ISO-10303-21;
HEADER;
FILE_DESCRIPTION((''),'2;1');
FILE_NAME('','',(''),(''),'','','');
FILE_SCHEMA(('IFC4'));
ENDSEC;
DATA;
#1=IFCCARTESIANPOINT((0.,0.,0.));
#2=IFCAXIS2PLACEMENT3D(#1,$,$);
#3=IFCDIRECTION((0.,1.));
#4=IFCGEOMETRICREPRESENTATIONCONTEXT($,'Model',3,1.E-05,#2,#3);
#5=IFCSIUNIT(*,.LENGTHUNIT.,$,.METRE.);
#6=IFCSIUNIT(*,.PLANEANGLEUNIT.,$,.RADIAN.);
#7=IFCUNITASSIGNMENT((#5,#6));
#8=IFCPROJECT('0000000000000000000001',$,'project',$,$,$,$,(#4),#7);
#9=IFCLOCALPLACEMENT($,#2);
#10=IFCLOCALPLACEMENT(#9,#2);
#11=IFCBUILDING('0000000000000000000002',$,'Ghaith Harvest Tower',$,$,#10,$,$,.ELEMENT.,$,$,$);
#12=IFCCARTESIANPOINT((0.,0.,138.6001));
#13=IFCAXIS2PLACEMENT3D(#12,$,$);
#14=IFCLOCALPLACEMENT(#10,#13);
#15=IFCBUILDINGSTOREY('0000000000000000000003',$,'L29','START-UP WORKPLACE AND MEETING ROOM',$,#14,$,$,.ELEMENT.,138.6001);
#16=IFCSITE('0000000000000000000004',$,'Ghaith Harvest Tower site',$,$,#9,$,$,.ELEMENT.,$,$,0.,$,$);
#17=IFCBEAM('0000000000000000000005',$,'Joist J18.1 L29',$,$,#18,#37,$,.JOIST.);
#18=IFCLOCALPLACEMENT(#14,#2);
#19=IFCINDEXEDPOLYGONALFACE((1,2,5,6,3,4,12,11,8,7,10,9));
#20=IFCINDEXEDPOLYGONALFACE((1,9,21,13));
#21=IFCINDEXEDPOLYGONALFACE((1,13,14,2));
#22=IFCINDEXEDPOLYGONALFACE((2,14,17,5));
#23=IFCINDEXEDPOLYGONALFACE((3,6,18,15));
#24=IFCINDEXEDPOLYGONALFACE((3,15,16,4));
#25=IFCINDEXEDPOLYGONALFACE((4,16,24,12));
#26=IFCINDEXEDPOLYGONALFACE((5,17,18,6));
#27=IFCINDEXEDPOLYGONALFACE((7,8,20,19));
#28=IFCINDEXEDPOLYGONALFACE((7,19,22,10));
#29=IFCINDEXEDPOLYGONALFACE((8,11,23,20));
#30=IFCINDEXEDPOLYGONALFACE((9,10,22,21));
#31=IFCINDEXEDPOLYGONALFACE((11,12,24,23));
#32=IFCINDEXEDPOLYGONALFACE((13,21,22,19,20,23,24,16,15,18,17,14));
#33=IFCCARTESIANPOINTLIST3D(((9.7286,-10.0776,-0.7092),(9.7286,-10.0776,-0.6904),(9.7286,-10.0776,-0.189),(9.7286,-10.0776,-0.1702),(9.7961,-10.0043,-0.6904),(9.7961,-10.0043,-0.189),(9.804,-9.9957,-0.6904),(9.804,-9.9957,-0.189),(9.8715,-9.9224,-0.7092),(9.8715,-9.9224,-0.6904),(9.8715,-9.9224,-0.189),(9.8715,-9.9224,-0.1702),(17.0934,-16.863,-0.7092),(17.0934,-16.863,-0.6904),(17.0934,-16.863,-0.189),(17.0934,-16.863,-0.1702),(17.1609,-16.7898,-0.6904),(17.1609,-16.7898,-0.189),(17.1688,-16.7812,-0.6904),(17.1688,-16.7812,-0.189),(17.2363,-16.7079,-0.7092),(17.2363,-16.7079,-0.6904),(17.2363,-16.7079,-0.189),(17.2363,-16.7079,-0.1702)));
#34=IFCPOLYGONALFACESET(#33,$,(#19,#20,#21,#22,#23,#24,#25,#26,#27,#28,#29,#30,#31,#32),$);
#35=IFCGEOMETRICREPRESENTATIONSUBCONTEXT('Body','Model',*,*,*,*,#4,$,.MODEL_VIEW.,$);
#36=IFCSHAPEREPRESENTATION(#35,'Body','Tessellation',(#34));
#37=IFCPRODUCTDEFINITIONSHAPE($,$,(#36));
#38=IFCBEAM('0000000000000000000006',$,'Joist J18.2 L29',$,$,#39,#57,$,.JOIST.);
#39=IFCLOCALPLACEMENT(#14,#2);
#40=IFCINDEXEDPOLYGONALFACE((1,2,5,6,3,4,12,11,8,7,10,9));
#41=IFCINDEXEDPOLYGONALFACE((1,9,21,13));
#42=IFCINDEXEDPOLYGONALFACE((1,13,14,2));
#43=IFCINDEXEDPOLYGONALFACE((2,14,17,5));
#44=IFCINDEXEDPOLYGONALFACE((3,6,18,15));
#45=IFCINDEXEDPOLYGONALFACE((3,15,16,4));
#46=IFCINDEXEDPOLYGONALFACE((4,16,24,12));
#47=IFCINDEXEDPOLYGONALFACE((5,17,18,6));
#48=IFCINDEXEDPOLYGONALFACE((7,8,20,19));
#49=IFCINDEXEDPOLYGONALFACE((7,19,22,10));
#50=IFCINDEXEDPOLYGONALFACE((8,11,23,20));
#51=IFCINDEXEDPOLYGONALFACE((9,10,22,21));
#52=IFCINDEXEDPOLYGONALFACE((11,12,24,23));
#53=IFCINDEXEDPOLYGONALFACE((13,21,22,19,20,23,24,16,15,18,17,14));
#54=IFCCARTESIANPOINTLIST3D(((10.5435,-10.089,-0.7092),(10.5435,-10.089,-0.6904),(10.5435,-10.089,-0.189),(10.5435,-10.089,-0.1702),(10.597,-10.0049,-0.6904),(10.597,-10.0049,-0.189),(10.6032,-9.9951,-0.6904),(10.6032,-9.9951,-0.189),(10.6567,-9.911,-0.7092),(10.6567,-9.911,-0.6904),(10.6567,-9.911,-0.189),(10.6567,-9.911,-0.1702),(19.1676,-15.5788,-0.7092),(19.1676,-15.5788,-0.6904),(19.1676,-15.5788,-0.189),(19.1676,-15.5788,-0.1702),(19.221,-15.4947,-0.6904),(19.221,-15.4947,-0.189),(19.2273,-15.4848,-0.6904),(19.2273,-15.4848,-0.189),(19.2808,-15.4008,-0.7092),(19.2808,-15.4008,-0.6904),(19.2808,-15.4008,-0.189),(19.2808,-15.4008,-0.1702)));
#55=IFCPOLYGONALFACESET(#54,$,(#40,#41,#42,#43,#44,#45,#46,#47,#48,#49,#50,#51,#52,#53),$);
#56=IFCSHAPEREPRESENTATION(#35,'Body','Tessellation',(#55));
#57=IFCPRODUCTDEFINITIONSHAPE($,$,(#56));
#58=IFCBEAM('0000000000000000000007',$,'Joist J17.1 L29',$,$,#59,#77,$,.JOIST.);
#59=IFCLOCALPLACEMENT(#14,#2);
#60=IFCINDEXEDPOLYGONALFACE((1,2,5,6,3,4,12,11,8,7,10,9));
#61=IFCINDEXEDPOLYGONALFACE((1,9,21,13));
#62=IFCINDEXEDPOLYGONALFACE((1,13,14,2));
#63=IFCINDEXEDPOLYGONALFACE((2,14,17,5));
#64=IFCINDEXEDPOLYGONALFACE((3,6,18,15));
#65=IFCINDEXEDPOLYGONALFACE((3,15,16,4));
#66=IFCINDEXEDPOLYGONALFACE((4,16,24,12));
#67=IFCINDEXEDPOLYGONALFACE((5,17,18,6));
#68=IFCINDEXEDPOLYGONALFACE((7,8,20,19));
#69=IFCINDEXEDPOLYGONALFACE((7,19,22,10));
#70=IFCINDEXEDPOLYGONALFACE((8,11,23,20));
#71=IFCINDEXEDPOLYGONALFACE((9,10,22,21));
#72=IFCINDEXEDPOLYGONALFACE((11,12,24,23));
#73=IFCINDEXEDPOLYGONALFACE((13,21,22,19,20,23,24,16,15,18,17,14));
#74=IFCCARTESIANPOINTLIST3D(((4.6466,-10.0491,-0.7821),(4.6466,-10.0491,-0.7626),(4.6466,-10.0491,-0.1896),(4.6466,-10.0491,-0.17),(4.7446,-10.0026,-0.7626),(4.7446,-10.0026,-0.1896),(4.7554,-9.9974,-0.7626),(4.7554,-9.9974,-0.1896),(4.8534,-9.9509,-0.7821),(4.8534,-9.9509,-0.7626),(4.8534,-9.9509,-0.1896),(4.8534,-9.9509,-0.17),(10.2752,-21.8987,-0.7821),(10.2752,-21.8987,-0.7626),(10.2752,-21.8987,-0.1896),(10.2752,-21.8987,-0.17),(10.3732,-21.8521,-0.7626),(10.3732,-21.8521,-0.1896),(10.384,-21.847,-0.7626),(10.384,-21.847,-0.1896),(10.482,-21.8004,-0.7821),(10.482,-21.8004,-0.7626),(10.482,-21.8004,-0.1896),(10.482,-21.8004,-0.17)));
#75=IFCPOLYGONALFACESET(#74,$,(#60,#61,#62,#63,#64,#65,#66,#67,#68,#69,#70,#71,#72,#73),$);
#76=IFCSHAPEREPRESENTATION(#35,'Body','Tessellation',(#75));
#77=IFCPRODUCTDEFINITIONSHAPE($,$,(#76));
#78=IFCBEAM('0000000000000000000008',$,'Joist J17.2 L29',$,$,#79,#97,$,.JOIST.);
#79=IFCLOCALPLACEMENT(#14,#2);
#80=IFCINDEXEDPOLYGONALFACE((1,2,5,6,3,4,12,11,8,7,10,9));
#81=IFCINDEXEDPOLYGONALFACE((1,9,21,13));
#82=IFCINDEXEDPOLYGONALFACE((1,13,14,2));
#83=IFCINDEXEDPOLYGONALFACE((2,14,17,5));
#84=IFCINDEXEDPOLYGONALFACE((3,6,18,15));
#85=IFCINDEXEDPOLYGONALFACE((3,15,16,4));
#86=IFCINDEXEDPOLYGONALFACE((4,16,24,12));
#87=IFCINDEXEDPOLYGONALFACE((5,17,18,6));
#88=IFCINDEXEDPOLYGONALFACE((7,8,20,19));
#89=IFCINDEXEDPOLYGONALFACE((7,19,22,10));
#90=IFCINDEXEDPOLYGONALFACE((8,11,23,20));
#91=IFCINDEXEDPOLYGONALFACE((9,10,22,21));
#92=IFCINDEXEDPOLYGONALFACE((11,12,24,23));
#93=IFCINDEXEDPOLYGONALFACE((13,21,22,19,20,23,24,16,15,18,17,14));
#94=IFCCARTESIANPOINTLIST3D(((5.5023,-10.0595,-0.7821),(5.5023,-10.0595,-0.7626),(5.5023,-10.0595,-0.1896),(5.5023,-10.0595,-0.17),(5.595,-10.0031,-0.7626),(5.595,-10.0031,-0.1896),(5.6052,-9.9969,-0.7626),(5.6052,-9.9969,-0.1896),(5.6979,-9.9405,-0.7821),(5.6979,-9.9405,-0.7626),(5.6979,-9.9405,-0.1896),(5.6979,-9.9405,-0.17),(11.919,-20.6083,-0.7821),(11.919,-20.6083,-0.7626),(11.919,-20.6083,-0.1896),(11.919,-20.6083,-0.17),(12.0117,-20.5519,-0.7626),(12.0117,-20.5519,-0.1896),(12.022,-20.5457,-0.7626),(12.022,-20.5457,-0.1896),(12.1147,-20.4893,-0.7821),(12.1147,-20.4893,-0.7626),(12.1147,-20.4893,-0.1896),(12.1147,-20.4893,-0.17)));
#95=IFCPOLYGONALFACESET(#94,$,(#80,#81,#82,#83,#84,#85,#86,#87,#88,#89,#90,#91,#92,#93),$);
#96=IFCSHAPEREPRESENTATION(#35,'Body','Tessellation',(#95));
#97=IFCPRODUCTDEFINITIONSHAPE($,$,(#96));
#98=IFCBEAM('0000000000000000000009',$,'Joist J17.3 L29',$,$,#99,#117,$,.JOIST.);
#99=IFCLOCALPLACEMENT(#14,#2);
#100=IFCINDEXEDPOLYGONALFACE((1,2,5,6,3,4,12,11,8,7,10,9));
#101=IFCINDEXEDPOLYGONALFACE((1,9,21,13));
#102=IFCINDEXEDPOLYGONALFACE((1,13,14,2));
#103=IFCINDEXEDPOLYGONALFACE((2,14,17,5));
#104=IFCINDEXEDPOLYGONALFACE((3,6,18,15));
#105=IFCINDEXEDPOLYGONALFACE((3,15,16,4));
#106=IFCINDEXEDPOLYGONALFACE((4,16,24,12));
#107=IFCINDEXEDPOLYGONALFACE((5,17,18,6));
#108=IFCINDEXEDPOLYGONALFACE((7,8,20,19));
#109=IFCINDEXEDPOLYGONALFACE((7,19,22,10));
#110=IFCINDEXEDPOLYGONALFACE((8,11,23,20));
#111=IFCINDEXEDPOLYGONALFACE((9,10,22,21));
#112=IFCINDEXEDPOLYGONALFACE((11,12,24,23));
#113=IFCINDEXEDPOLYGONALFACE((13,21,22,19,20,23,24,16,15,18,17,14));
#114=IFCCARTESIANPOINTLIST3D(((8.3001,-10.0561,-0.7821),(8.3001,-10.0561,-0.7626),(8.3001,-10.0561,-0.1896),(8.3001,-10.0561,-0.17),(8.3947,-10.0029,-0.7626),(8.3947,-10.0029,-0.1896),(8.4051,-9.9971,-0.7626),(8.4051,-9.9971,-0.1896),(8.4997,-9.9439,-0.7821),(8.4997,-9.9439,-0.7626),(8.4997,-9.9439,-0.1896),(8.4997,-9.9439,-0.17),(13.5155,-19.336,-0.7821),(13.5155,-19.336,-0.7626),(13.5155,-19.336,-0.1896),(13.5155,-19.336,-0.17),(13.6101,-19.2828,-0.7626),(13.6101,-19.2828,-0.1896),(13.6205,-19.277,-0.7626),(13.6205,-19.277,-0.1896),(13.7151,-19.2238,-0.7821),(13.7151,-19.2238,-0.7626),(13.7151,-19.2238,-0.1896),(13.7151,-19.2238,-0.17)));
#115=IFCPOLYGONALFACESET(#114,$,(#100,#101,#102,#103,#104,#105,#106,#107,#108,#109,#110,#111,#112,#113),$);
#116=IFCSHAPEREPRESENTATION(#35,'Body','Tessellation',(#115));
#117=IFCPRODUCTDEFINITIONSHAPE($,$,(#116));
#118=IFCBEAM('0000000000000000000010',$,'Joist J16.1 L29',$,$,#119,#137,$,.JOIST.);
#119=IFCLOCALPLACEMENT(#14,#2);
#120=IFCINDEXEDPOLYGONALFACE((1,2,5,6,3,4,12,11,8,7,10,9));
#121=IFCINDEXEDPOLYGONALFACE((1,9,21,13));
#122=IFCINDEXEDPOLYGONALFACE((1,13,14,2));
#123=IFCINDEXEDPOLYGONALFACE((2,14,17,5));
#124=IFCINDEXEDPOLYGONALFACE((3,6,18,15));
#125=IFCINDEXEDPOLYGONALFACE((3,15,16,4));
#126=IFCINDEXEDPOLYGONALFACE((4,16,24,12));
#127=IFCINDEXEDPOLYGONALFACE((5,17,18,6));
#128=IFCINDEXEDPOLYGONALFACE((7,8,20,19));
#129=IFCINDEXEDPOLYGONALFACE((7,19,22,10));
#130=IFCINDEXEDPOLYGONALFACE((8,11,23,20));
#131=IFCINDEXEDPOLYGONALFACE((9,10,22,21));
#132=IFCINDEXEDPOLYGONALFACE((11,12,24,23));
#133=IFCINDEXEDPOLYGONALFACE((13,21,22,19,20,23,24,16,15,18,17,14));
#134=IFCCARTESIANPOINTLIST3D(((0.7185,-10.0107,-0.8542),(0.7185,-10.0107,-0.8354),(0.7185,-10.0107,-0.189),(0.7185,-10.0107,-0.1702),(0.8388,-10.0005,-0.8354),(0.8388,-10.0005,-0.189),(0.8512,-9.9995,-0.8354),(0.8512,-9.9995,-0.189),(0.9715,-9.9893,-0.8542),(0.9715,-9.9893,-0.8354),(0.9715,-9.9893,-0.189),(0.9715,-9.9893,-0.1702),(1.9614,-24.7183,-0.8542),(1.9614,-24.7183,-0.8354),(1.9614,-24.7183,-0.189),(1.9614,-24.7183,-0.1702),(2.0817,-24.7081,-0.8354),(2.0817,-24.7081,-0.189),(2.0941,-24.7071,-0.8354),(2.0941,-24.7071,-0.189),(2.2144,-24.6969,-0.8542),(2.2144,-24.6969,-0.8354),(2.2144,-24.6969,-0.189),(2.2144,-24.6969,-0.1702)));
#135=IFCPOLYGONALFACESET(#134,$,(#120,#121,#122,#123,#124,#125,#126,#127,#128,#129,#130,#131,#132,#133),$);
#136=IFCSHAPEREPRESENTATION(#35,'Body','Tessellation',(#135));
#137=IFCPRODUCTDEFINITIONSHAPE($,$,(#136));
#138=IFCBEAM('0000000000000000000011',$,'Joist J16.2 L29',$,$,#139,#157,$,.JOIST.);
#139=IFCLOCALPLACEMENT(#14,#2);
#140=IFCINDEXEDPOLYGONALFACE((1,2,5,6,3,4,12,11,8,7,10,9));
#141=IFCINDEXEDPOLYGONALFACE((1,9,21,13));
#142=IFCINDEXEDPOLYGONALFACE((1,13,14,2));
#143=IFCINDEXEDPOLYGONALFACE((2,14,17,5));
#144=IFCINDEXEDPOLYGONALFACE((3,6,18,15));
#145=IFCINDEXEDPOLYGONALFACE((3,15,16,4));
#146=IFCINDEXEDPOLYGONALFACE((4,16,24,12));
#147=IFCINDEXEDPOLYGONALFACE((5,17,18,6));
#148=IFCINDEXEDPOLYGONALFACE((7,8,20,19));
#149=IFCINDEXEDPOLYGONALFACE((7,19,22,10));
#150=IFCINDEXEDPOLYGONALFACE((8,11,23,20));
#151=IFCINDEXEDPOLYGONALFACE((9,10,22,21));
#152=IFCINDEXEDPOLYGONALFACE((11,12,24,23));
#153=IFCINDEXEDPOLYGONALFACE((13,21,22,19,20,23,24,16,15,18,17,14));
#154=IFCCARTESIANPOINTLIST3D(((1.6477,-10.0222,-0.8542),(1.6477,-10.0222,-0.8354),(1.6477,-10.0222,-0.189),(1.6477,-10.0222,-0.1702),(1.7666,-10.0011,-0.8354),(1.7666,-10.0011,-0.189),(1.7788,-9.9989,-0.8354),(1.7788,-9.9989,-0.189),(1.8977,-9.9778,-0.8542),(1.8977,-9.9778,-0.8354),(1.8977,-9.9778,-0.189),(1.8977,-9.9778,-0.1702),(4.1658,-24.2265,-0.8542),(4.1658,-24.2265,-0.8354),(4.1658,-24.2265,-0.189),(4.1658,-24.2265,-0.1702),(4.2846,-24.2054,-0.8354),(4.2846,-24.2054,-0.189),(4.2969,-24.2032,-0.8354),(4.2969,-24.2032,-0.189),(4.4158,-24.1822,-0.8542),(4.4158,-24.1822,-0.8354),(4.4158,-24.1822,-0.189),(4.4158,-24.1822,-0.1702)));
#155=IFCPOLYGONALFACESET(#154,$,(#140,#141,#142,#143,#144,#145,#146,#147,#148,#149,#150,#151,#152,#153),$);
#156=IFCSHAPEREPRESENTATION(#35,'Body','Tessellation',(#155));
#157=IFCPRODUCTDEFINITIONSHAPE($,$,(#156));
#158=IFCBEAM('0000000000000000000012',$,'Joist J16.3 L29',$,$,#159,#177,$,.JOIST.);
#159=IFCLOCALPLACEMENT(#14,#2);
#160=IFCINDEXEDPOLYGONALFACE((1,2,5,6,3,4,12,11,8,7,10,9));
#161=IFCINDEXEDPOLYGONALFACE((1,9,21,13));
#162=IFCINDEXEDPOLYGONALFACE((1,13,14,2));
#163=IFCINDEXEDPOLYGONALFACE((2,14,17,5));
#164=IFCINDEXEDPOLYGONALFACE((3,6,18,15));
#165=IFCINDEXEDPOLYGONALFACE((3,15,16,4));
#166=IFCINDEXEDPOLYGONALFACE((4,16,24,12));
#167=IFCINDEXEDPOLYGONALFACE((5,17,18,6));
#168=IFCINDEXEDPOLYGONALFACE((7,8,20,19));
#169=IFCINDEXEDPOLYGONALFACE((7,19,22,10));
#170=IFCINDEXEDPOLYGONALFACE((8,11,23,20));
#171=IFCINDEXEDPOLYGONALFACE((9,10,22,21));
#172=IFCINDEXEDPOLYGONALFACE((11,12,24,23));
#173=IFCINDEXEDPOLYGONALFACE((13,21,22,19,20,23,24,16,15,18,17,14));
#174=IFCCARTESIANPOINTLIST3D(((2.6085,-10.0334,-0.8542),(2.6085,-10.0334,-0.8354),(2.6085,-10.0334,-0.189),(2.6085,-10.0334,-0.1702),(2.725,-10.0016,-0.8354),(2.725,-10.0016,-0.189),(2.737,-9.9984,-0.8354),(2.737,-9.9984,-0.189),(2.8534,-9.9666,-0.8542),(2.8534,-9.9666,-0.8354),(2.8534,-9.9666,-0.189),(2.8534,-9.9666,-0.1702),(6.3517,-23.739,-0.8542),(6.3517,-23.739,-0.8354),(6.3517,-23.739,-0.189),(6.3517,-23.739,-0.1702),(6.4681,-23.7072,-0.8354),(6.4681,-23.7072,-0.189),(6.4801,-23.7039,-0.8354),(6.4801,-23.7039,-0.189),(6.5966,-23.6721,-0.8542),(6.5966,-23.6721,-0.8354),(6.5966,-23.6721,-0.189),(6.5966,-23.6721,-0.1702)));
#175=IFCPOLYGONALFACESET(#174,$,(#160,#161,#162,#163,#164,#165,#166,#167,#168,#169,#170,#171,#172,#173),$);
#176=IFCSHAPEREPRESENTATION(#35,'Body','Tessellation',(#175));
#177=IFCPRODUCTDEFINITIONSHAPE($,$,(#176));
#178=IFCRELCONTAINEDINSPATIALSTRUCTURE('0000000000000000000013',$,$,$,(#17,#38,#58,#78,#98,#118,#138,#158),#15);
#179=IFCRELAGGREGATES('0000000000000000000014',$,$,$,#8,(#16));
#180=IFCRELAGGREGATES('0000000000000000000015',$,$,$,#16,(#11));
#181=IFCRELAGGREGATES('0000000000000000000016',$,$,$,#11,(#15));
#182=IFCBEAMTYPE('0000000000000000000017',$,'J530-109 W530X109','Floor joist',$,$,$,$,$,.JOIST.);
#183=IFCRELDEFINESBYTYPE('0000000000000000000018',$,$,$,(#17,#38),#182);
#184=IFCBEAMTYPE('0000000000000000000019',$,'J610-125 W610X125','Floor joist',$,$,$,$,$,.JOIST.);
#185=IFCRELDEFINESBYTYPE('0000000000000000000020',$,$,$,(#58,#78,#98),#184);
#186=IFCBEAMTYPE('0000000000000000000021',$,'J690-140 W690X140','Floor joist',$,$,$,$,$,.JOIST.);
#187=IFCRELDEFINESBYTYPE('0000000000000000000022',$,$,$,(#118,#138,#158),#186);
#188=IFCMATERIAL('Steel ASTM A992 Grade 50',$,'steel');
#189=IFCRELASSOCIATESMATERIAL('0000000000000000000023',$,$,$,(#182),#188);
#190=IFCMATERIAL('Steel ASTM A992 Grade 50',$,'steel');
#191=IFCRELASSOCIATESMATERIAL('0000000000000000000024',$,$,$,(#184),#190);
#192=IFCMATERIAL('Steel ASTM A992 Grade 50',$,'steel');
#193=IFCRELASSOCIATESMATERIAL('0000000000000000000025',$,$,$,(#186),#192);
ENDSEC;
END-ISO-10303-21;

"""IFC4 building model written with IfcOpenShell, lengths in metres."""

from ifc_helpers import new_model, si_unit, direction, frame, origin, origin_2d, place, context, subcontext, project, spatial, i_section, extrude, material, material_profile, profile_set, type_object, element, save


model = new_model("IFC4")

# Units and contexts
model_context = context("Model", 3, precision=1e-05, world=origin(), true_north=direction((0.0, 1.0)))
body_context = subcontext(model_context, "Body", "Model", "MODEL_VIEW")
ifc_project = project(units=[si_unit("LENGTHUNIT", "METRE"), si_unit("PLANEANGLEUNIT", "RADIAN")], contexts=[model_context])

# Site, building, storey
site_placement = place(None, origin())
site = spatial("IfcSite", under=ifc_project, at=site_placement, Name="Ghaith Harvest Tower site", CompositionType="ELEMENT", RefElevation=0.0)
building_placement = place(site_placement, origin())
building = spatial("IfcBuilding", under=site, at=building_placement, Name="Ghaith Harvest Tower", CompositionType="ELEMENT")
storey_placement = place(building_placement, frame((0.0, 0.0, 138.6001)))
storey = spatial("IfcBuildingStorey", under=building, at=storey_placement, Name="L29", Description="START-UP WORKPLACE AND MEETING ROOM", CompositionType="ELEMENT", Elevation=138.6001)

# Beams
ifc_material_1 = material(Name="Steel ASTM A992 Grade 50", Category="steel")
ifc_material_profile_1 = material_profile(ifc_material_1, i_section(OverallWidth=0.2109, OverallDepth=0.5391, WebThickness=0.0117, FlangeThickness=0.0188, at=origin_2d()), Name="W530X109")
ifc_profile_set_1 = profile_set([ifc_material_profile_1], Name="Steel ASTM A992 Grade 50")
beam_type_1 = type_object("IfcBeamType", Name="J530-109 W530X109", Description="Floor joist", PredefinedType="JOIST", material=ifc_profile_set_1)
beam_1_placement = place(storey_placement, frame((9.8, -10.0, -0.4397), z_axis=(0.735442, -0.677588, 0.0), x_axis=(0.677588, 0.735442, 0.0)))
element("IfcBeam", 1, at=beam_1_placement, inside=storey, type_object=beam_type_1, Name="Joist J18.1 L29", PredefinedType="JOIST", context=body_context, shape_type="SweptSolid", body=[
    extrude(i_section(OverallWidth=0.2109, OverallDepth=0.5391, WebThickness=0.0117, FlangeThickness=0.0188, at=origin_2d()), origin(), (0.0, 0.0, 1.0), 10.0142),
])
beam_2_placement = place(storey_placement, frame((10.6001, -10.0, -0.4397), z_axis=(0.843585, -0.536996, 0.0), x_axis=(0.536996, 0.843585, 0.0)))
element("IfcBeam", 2, at=beam_2_placement, inside=storey, type_object=beam_type_1, Name="Joist J18.2 L29", PredefinedType="JOIST", context=body_context, shape_type="SweptSolid", body=[
    extrude(i_section(OverallWidth=0.2109, OverallDepth=0.5391, WebThickness=0.0117, FlangeThickness=0.0188, at=origin_2d()), origin(), (0.0, 0.0, 1.0), 10.2231),
])
ifc_material_2 = material(Name="Steel ASTM A992 Grade 50", Category="steel")
ifc_material_profile_2 = material_profile(ifc_material_2, i_section(OverallWidth=0.229, OverallDepth=0.6121, WebThickness=0.012, FlangeThickness=0.0195, at=origin_2d()), Name="W610X125")
ifc_profile_set_2 = profile_set([ifc_material_profile_2], Name="Steel ASTM A992 Grade 50")
beam_type_2 = type_object("IfcBeamType", Name="J610-125 W610X125", Description="Floor joist", PredefinedType="JOIST", material=ifc_profile_set_2)
beam_3_placement = place(storey_placement, frame((4.75, -10.0, -0.4761), z_axis=(0.429063, -0.903275, 0.0), x_axis=(0.903275, 0.429063, 0.0)))
element("IfcBeam", 3, at=beam_3_placement, inside=storey, type_object=beam_type_2, Name="Joist J17.1 L29", PredefinedType="JOIST", context=body_context, shape_type="SweptSolid", body=[
    extrude(i_section(OverallWidth=0.229, OverallDepth=0.6121, WebThickness=0.012, FlangeThickness=0.0195, at=origin_2d()), origin(), (0.0, 0.0, 1.0), 13.1184),
])
beam_4_placement = place(storey_placement, frame((5.6001, -10.0, -0.4761), z_axis=(0.519694, -0.854352, 0.0), x_axis=(0.854352, 0.519694, 0.0)))
element("IfcBeam", 4, at=beam_4_placement, inside=storey, type_object=beam_type_2, Name="Joist J17.2 L29", PredefinedType="JOIST", context=body_context, shape_type="SweptSolid", body=[
    extrude(i_section(OverallWidth=0.229, OverallDepth=0.6121, WebThickness=0.012, FlangeThickness=0.0195, at=origin_2d()), origin(), (0.0, 0.0, 1.0), 12.3472),
])
beam_5_placement = place(storey_placement, frame((8.3999, -10.0, -0.4761), z_axis=(0.489937, -0.871758, 0.0), x_axis=(0.871758, 0.489937, 0.0)))
element("IfcBeam", 5, at=beam_5_placement, inside=storey, type_object=beam_type_2, Name="Joist J17.3 L29", PredefinedType="JOIST", context=body_context, shape_type="SweptSolid", body=[
    extrude(i_section(OverallWidth=0.229, OverallDepth=0.6121, WebThickness=0.012, FlangeThickness=0.0195, at=origin_2d()), origin(), (0.0, 0.0, 1.0), 10.645),
])
ifc_material_3 = material(Name="Steel ASTM A992 Grade 50", Category="steel")
ifc_material_profile_3 = material_profile(ifc_material_3, i_section(OverallWidth=0.2539, OverallDepth=0.6841, WebThickness=0.0125, FlangeThickness=0.0188, at=origin_2d()), Name="W690X140")
ifc_profile_set_3 = profile_set([ifc_material_profile_3], Name="Steel ASTM A992 Grade 50")
beam_type_3 = type_object("IfcBeamType", Name="J690-140 W690X140", Description="Floor joist", PredefinedType="JOIST", material=ifc_profile_set_3)
beam_6_placement = place(storey_placement, frame((0.845, -10.0, -0.5122), z_axis=(0.084209, -0.996448, 0.0), x_axis=(0.996448, 0.084209, 0.0)))
element("IfcBeam", 6, at=beam_6_placement, inside=storey, type_object=beam_type_3, Name="Joist J16.1 L29", PredefinedType="JOIST", context=body_context, shape_type="SweptSolid", body=[
    extrude(i_section(OverallWidth=0.2539, OverallDepth=0.6841, WebThickness=0.0125, FlangeThickness=0.0188, at=origin_2d()), origin(), (0.0, 0.0, 1.0), 14.76),
])
beam_7_placement = place(storey_placement, frame((1.7727, -10.0, -0.5122), z_axis=(0.174553, -0.984648, 0.0), x_axis=(0.984648, 0.174553, 0.0)))
element("IfcBeam", 7, at=beam_7_placement, inside=storey, type_object=beam_type_3, Name="Joist J16.2 L29", PredefinedType="JOIST", context=body_context, shape_type="SweptSolid", body=[
    extrude(i_section(OverallWidth=0.2539, OverallDepth=0.6841, WebThickness=0.0125, FlangeThickness=0.0188, at=origin_2d()), origin(), (0.0, 0.0, 1.0), 14.4258),
])
beam_8_placement = place(storey_placement, frame((2.731, -10.0, -0.5122), z_axis=(0.263463, -0.964669, 0.0), x_axis=(0.964669, 0.263463, 0.0)))
element("IfcBeam", 8, at=beam_8_placement, inside=storey, type_object=beam_type_3, Name="Joist J16.3 L29", PredefinedType="JOIST", context=body_context, shape_type="SweptSolid", body=[
    extrude(i_section(OverallWidth=0.2539, OverallDepth=0.6841, WebThickness=0.0125, FlangeThickness=0.0188, at=origin_2d()), origin(), (0.0, 0.0, 1.0), 14.2075),
])

save(model, "model.ifc")
